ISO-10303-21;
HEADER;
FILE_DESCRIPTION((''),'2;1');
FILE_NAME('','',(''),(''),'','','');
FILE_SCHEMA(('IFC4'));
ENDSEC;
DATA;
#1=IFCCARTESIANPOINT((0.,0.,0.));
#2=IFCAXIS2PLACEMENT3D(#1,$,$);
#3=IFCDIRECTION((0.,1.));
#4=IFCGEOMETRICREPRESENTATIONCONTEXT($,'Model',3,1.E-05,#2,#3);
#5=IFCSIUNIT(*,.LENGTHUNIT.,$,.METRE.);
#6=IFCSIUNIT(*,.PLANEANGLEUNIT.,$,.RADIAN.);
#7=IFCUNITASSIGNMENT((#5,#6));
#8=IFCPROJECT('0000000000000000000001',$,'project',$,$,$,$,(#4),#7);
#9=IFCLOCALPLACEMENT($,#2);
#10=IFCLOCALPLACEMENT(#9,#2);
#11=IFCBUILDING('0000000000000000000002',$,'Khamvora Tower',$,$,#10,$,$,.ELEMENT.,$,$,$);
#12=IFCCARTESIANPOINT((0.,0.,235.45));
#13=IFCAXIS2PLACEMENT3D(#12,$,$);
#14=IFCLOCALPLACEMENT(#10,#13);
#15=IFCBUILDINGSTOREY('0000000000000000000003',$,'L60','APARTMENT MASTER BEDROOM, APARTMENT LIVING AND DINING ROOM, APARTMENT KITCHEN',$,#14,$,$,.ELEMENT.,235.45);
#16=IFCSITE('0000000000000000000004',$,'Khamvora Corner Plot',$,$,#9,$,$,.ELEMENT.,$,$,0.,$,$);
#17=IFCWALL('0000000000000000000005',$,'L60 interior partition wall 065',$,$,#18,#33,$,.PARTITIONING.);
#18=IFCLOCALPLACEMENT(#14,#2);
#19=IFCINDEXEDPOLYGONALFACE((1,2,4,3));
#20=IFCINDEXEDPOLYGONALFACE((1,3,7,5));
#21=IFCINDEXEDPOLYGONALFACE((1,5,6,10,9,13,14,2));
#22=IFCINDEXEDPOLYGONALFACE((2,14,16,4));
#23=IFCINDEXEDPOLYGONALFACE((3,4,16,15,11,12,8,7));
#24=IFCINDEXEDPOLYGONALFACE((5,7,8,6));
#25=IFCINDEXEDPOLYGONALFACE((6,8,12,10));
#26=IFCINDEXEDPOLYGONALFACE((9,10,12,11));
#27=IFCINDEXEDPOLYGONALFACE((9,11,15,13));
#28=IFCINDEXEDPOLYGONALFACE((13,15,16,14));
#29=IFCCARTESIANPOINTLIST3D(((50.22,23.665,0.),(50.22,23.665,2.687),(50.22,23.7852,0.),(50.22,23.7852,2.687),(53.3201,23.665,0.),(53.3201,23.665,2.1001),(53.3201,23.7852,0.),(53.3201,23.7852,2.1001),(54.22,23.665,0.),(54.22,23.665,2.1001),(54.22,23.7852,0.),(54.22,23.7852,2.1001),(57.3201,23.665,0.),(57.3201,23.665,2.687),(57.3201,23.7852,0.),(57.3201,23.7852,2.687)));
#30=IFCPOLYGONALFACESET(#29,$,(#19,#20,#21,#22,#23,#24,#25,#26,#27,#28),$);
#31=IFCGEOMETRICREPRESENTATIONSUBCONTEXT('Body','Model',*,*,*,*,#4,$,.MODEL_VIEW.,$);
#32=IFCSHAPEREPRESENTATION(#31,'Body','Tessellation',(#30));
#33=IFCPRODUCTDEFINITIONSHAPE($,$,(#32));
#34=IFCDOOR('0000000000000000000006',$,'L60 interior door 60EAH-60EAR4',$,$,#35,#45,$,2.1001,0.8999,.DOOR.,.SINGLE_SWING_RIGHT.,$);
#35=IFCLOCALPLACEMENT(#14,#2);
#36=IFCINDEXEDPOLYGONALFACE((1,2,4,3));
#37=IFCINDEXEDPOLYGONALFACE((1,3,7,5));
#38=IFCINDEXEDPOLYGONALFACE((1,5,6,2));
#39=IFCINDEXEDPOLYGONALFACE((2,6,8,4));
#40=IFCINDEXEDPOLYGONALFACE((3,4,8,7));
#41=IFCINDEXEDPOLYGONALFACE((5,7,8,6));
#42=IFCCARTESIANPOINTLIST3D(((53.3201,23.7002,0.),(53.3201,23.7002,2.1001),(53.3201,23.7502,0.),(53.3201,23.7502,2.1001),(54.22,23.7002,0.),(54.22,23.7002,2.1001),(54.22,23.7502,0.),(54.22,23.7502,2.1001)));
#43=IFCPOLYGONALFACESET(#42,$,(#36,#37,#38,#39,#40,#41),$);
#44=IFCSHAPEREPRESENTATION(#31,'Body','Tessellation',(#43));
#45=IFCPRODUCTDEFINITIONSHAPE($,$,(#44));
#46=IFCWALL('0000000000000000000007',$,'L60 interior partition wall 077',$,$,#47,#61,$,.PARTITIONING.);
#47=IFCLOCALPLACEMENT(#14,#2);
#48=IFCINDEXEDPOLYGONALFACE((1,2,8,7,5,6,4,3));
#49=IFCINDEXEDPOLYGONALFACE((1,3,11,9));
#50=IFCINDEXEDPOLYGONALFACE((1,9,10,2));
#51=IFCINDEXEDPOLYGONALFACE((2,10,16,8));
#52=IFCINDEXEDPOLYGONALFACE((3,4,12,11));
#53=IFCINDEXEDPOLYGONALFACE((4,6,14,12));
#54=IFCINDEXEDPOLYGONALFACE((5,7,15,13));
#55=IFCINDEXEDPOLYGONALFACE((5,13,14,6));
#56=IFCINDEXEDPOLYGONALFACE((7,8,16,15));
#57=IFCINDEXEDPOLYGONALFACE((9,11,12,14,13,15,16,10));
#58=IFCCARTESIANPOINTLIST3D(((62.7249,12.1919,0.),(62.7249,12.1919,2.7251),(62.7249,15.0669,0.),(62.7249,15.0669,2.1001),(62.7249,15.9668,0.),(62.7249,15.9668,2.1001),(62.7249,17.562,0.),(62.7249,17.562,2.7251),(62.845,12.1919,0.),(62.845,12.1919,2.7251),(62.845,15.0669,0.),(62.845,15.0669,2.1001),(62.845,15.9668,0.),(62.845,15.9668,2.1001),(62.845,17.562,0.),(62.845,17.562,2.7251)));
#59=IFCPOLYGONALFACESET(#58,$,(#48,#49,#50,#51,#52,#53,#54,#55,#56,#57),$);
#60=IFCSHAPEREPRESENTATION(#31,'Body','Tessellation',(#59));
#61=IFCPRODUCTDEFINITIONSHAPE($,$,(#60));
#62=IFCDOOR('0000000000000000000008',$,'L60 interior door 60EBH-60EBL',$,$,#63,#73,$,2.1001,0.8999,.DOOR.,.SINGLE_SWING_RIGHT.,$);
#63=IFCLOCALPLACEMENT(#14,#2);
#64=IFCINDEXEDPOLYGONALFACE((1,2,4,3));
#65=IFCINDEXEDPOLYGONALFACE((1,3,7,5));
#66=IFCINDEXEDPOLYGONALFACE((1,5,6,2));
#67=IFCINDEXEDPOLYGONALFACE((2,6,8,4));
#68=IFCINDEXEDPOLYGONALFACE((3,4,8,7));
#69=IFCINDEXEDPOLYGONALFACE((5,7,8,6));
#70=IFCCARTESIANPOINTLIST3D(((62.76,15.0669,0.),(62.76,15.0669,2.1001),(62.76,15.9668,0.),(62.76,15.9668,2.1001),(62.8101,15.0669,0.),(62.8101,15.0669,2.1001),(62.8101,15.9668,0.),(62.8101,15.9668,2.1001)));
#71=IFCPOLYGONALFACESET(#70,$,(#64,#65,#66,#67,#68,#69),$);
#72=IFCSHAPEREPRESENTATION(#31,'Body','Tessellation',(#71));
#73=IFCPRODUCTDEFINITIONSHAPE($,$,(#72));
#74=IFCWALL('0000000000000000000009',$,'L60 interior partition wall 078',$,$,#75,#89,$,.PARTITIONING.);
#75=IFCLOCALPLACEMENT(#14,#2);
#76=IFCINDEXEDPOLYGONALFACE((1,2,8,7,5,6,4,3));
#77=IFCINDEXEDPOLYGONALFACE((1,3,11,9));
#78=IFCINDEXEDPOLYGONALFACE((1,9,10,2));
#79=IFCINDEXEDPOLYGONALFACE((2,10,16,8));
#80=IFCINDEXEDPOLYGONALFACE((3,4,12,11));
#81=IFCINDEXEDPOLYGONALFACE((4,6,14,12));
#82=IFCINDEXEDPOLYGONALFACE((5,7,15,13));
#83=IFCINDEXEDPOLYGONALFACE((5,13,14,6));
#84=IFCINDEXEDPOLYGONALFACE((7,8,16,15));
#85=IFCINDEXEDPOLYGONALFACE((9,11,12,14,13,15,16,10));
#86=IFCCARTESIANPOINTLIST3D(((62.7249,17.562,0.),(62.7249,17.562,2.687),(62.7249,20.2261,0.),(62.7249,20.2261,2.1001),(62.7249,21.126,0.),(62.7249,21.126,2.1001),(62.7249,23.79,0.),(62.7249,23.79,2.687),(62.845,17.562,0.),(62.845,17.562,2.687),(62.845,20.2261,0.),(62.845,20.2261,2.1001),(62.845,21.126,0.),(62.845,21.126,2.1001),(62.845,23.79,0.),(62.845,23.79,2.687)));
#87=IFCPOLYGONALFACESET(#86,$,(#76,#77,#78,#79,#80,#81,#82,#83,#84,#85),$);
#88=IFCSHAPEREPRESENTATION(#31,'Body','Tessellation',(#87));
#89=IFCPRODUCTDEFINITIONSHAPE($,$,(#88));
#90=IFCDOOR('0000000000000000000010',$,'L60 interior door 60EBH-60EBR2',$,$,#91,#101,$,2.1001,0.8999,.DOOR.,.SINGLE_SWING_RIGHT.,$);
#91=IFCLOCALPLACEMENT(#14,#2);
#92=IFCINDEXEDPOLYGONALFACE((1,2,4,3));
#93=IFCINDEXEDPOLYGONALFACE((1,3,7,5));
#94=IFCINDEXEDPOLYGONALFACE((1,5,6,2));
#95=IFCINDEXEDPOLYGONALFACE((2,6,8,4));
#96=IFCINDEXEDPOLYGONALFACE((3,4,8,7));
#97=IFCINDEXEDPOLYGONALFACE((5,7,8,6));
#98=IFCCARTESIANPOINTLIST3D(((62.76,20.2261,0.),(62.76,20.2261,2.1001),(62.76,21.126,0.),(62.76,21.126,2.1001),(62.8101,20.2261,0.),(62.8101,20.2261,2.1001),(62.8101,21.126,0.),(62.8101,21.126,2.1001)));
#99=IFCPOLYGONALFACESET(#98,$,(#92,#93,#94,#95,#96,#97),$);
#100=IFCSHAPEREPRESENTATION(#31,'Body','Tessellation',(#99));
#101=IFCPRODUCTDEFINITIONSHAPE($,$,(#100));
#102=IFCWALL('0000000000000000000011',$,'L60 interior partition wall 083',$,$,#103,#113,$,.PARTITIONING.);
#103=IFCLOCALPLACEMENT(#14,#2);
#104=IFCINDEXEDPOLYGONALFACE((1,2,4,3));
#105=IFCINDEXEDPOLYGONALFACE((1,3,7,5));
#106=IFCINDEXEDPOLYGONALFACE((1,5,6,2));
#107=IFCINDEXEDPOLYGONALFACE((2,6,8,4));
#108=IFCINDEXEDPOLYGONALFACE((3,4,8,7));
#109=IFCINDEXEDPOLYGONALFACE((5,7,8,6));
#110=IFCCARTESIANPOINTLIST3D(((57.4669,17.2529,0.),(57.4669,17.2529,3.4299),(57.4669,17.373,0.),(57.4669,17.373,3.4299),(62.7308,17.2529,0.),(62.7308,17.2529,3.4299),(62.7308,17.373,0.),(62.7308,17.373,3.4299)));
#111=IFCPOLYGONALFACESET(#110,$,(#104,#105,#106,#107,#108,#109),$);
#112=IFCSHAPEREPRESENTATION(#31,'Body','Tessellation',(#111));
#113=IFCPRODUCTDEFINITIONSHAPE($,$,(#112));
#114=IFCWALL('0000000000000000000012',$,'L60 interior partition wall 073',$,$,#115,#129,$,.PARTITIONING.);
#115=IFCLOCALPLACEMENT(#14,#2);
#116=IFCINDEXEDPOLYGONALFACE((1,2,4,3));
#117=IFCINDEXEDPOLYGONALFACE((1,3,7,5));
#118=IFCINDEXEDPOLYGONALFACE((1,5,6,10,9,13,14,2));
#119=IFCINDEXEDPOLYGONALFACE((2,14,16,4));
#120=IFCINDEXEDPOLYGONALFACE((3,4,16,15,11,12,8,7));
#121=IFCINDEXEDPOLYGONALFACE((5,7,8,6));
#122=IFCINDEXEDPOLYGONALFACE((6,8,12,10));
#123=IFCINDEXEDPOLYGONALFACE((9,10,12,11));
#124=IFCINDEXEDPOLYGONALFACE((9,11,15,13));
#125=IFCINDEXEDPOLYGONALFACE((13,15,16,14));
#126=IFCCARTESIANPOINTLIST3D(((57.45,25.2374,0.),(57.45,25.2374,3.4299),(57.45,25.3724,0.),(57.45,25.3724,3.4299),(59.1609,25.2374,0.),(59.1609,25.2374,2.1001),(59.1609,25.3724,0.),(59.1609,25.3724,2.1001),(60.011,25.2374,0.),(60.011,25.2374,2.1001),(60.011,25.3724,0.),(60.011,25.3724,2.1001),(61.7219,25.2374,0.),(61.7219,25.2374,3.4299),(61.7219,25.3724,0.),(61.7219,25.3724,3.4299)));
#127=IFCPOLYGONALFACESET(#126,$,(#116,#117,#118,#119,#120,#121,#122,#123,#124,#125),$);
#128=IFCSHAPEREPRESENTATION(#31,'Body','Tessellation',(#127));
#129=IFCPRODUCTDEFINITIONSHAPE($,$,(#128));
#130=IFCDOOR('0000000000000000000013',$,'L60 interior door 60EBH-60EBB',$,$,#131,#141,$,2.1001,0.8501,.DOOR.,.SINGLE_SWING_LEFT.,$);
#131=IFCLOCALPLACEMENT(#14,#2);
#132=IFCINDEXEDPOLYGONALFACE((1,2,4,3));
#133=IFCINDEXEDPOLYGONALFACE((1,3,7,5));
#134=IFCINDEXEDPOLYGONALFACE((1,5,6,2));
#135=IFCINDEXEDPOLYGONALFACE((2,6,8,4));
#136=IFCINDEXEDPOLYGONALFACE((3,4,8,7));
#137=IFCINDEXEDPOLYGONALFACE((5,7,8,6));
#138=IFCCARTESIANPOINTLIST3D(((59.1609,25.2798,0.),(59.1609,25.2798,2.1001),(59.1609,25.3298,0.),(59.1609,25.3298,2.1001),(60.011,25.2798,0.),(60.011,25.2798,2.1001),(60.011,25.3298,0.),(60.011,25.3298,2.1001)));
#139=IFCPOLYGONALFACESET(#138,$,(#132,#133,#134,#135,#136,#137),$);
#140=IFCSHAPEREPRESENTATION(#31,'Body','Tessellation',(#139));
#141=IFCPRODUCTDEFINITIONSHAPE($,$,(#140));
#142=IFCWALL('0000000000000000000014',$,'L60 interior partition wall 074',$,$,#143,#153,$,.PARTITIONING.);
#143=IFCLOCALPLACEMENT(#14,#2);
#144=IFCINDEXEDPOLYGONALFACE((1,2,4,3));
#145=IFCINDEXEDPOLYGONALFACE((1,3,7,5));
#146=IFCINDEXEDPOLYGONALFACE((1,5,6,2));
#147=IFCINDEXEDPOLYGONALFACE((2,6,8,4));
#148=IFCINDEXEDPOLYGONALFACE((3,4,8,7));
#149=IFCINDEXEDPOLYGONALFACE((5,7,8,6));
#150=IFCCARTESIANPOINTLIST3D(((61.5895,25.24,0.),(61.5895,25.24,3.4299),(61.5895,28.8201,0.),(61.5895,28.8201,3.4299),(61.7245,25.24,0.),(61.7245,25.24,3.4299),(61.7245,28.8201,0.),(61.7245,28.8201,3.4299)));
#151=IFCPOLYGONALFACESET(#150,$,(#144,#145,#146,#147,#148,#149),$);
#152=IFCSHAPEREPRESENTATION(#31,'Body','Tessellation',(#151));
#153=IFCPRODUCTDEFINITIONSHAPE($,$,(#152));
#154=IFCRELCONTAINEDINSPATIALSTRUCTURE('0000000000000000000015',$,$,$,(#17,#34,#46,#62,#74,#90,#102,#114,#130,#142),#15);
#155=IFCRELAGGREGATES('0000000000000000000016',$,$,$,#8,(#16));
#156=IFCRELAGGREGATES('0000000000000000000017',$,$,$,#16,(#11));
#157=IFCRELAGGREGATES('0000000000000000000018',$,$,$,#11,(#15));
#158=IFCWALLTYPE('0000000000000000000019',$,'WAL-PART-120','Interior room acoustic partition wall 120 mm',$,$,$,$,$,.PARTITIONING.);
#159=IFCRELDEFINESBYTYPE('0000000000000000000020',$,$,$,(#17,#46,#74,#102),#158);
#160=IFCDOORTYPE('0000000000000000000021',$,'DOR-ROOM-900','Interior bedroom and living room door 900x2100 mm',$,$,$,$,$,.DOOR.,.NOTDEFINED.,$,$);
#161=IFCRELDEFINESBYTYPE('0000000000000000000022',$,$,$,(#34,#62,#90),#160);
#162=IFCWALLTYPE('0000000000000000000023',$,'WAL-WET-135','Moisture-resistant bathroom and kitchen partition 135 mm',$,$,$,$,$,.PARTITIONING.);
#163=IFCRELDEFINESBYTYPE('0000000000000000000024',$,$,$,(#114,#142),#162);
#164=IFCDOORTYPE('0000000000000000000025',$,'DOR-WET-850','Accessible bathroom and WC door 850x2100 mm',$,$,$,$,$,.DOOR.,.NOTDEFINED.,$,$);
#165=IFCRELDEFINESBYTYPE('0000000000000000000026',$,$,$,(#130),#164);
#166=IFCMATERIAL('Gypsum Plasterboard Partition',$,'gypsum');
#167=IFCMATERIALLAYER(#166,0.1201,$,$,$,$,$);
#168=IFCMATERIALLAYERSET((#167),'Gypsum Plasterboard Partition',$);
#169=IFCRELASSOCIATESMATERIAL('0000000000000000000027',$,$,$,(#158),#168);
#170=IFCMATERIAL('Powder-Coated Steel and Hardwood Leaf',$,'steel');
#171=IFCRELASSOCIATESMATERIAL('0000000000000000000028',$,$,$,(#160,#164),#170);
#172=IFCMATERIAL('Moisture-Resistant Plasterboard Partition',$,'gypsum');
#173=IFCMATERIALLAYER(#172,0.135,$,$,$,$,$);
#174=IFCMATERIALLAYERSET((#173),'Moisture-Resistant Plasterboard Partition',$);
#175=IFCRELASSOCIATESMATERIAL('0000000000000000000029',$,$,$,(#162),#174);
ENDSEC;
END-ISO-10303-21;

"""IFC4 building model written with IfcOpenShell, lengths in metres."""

from ifc_helpers import new_model, si_unit, direction, frame, frame_2d, origin, place, context, subcontext, project, spatial, rectangle, extrude, material, layer, layer_set, type_object, element, fill, save


model = new_model("IFC4")

# Units and contexts
model_context = context("Model", 3, precision=1e-05, world=origin(), true_north=direction((0.0, 1.0)))
body_context = subcontext(model_context, "Body", "Model", "MODEL_VIEW")
ifc_project = project(units=[si_unit("LENGTHUNIT", "METRE"), si_unit("PLANEANGLEUNIT", "RADIAN")], contexts=[model_context])

# Site, building, storey
site_placement = place(None, origin())
site = spatial("IfcSite", under=ifc_project, at=site_placement, Name="Khamvora Corner Plot", CompositionType="ELEMENT", RefElevation=0.0)
building_placement = place(site_placement, origin())
building = spatial("IfcBuilding", under=site, at=building_placement, Name="Khamvora Tower", CompositionType="ELEMENT")
storey_placement = place(building_placement, frame((0.0, 0.0, 235.45)))
storey = spatial("IfcBuildingStorey", under=building, at=storey_placement, Name="L60", Description="APARTMENT MASTER BEDROOM, APARTMENT LIVING AND DINING ROOM, APARTMENT KITCHEN", CompositionType="ELEMENT", Elevation=235.45)

# Walls, openings, doors
ifc_material_1 = material(Name="Gypsum Plasterboard Partition", Category="gypsum")
ifc_layer_1 = layer(ifc_material_1, 0.1201)
ifc_layer_set_1 = layer_set([ifc_layer_1], Name="Gypsum Plasterboard Partition")
wall_type_1 = type_object("IfcWallType", Name="WAL-PART-120", Description="Interior room acoustic partition wall 120 mm", PredefinedType="PARTITIONING", material=ifc_layer_set_1)
wall_1_placement = place(storey_placement, frame((57.3201, 23.7251, 0.0), z_axis=(0.0, 0.0, 1.0), x_axis=(-1.0, 0.0, 0.0)))
wall_1 = element("IfcWall", 1, at=wall_1_placement, inside=storey, type_object=wall_type_1, Name="L60 interior partition wall 065", PredefinedType="PARTITIONING", context=body_context, shape_type="SweptSolid", body=[
    extrude(rectangle(XDim=7.1001, YDim=0.1201, at=frame_2d((3.55, 0.0))), origin(), (0.0, 0.0, 1.0), 2.687),
])
opening_1_placement = place(wall_1_placement, frame((3.1001, 0.0, 0.0)))
opening_1 = element("IfcOpeningElement", 2, at=opening_1_placement, cuts=wall_1, PredefinedType="OPENING", context=body_context, shape_type="SweptSolid", body=[
    extrude(rectangle(XDim=0.8999, YDim=2.1001, at=frame_2d((0.45, 1.05))), frame((0.0, 0.0701, 0.0), z_axis=(0.0, -1.0, 0.0), x_axis=(1.0, 0.0, 0.0)), (0.0, 0.0, 1.0), 0.1401),
])
ifc_material_2 = material(Name="Powder-Coated Steel and Hardwood Leaf", Category="steel")
door_type_1 = type_object("IfcDoorType", Name="DOR-ROOM-900", Description="Interior bedroom and living room door 900x2100 mm", OperationType="NOTDEFINED", PredefinedType="DOOR", material=ifc_material_2)
door_1_placement = place(opening_1_placement, origin())
door_1 = element("IfcDoor", 3, at=door_1_placement, inside=storey, type_object=door_type_1, Name="L60 interior door 60EAH-60EAR4", OperationType="SINGLE_SWING_RIGHT", OverallHeight=2.1001, OverallWidth=0.8999, PredefinedType="DOOR", context=body_context, shape_type="SweptSolid", body=[
    extrude(rectangle(XDim=0.8999, YDim=2.1001, at=frame_2d((0.45, 1.05))), frame((0.0, 0.0249, 0.0), z_axis=(0.0, -1.0, 0.0), x_axis=(1.0, 0.0, 0.0)), (0.0, 0.0, 1.0), 0.05),
])
fill(opening_1, door_1)
wall_2_placement = place(storey_placement, frame((62.7849, 12.1919, 0.0), z_axis=(0.0, 0.0, 1.0), x_axis=(0.0, 1.0, 0.0)))
wall_2 = element("IfcWall", 4, at=wall_2_placement, inside=storey, type_object=wall_type_1, Name="L60 interior partition wall 077", PredefinedType="PARTITIONING", context=body_context, shape_type="SweptSolid", body=[
    extrude(rectangle(XDim=5.3701, YDim=0.1201, at=frame_2d((2.6851, 0.0))), origin(), (0.0, 0.0, 1.0), 2.7251),
])
opening_2_placement = place(wall_2_placement, frame((2.875, 0.0, 0.0)))
opening_2 = element("IfcOpeningElement", 5, at=opening_2_placement, cuts=wall_2, PredefinedType="OPENING", context=body_context, shape_type="SweptSolid", body=[
    extrude(rectangle(XDim=0.8999, YDim=2.1001, at=frame_2d((0.45, 1.05))), frame((0.0, 0.0701, 0.0), z_axis=(0.0, -1.0, 0.0), x_axis=(1.0, 0.0, 0.0)), (0.0, 0.0, 1.0), 0.1401),
])
door_2_placement = place(opening_2_placement, origin())
door_2 = element("IfcDoor", 6, at=door_2_placement, inside=storey, type_object=door_type_1, Name="L60 interior door 60EBH-60EBL", OperationType="SINGLE_SWING_RIGHT", OverallHeight=2.1001, OverallWidth=0.8999, PredefinedType="DOOR", context=body_context, shape_type="SweptSolid", body=[
    extrude(rectangle(XDim=0.8999, YDim=2.1001, at=frame_2d((0.45, 1.05))), frame((0.0, 0.0249, 0.0), z_axis=(0.0, -1.0, 0.0), x_axis=(1.0, 0.0, 0.0)), (0.0, 0.0, 1.0), 0.05),
])
fill(opening_2, door_2)
wall_3_placement = place(storey_placement, frame((62.7849, 17.562, 0.0), z_axis=(0.0, 0.0, 1.0), x_axis=(0.0, 1.0, 0.0)))
wall_3 = element("IfcWall", 7, at=wall_3_placement, inside=storey, type_object=wall_type_1, Name="L60 interior partition wall 078", PredefinedType="PARTITIONING", context=body_context, shape_type="SweptSolid", body=[
    extrude(rectangle(XDim=6.228, YDim=0.1201, at=frame_2d((3.114, 0.0))), origin(), (0.0, 0.0, 1.0), 2.687),
])
opening_3_placement = place(wall_3_placement, frame((2.6641, 0.0, 0.0)))
opening_3 = element("IfcOpeningElement", 8, at=opening_3_placement, cuts=wall_3, PredefinedType="OPENING", context=body_context, shape_type="SweptSolid", body=[
    extrude(rectangle(XDim=0.8999, YDim=2.1001, at=frame_2d((0.45, 1.05))), frame((0.0, 0.0701, 0.0), z_axis=(0.0, -1.0, 0.0), x_axis=(1.0, 0.0, 0.0)), (0.0, 0.0, 1.0), 0.1401),
])
door_3_placement = place(opening_3_placement, origin())
door_3 = element("IfcDoor", 9, at=door_3_placement, inside=storey, type_object=door_type_1, Name="L60 interior door 60EBH-60EBR2", OperationType="SINGLE_SWING_RIGHT", OverallHeight=2.1001, OverallWidth=0.8999, PredefinedType="DOOR", context=body_context, shape_type="SweptSolid", body=[
    extrude(rectangle(XDim=0.8999, YDim=2.1001, at=frame_2d((0.45, 1.05))), frame((0.0, 0.0249, 0.0), z_axis=(0.0, -1.0, 0.0), x_axis=(1.0, 0.0, 0.0)), (0.0, 0.0, 1.0), 0.05),
])
fill(opening_3, door_3)

# Wall
wall_4_placement = place(storey_placement, frame((57.467, 17.313, 0.0), z_axis=(0.0, 0.0, 1.0), x_axis=(1.0, 0.0, 0.0)))
element("IfcWall", 10, at=wall_4_placement, inside=storey, type_object=wall_type_1, Name="L60 interior partition wall 083", PredefinedType="PARTITIONING", context=body_context, shape_type="SweptSolid", body=[
    extrude(rectangle(XDim=5.2639, YDim=0.1201, at=frame_2d((2.6318, 0.0))), origin(), (0.0, 0.0, 1.0), 3.4299),
])

# Wall, opening, door
ifc_material_3 = material(Name="Moisture-Resistant Plasterboard Partition", Category="gypsum")
ifc_layer_2 = layer(ifc_material_3, 0.135)
ifc_layer_set_2 = layer_set([ifc_layer_2], Name="Moisture-Resistant Plasterboard Partition")
wall_type_2 = type_object("IfcWallType", Name="WAL-WET-135", Description="Moisture-resistant bathroom and kitchen partition 135 mm", PredefinedType="PARTITIONING", material=ifc_layer_set_2)
wall_5_placement = place(storey_placement, frame((57.45, 25.3049, 0.0), z_axis=(0.0, 0.0, 1.0), x_axis=(1.0, 0.0, 0.0)))
wall_5 = element("IfcWall", 11, at=wall_5_placement, inside=storey, type_object=wall_type_2, Name="L60 interior partition wall 073", PredefinedType="PARTITIONING", context=body_context, shape_type="SweptSolid", body=[
    extrude(rectangle(XDim=4.272, YDim=0.135, at=frame_2d((2.136, 0.0))), origin(), (0.0, 0.0, 1.0), 3.4299),
])
opening_4_placement = place(wall_5_placement, frame((1.7109, 0.0, 0.0)))
opening_4 = element("IfcOpeningElement", 12, at=opening_4_placement, cuts=wall_5, PredefinedType="OPENING", context=body_context, shape_type="SweptSolid", body=[
    extrude(rectangle(XDim=0.8501, YDim=2.1001, at=frame_2d((0.425, 1.05))), frame((0.0, 0.0774, 0.0), z_axis=(0.0, -1.0, 0.0), x_axis=(1.0, 0.0, 0.0)), (0.0, 0.0, 1.0), 0.155),
])
door_type_2 = type_object("IfcDoorType", Name="DOR-WET-850", Description="Accessible bathroom and WC door 850x2100 mm", OperationType="NOTDEFINED", PredefinedType="DOOR", material=ifc_material_2)
door_4_placement = place(opening_4_placement, origin())
door_4 = element("IfcDoor", 13, at=door_4_placement, inside=storey, type_object=door_type_2, Name="L60 interior door 60EBH-60EBB", OperationType="SINGLE_SWING_LEFT", OverallHeight=2.1001, OverallWidth=0.8501, PredefinedType="DOOR", context=body_context, shape_type="SweptSolid", body=[
    extrude(rectangle(XDim=0.8501, YDim=2.1001, at=frame_2d((0.425, 1.05))), frame((0.0, 0.0249, 0.0), z_axis=(0.0, -1.0, 0.0), x_axis=(1.0, 0.0, 0.0)), (0.0, 0.0, 1.0), 0.05),
])
fill(opening_4, door_4)

# Wall
wall_6_placement = place(storey_placement, frame((61.657, 25.24, 0.0), z_axis=(0.0, 0.0, 1.0), x_axis=(0.0, 1.0, 0.0)))
element("IfcWall", 14, at=wall_6_placement, inside=storey, type_object=wall_type_2, Name="L60 interior partition wall 074", PredefinedType="PARTITIONING", context=body_context, shape_type="SweptSolid", body=[
    extrude(rectangle(XDim=3.5801, YDim=0.135, at=frame_2d((1.79, 0.0))), origin(), (0.0, 0.0, 1.0), 3.4299),
])

save(model, "model.ifc")
